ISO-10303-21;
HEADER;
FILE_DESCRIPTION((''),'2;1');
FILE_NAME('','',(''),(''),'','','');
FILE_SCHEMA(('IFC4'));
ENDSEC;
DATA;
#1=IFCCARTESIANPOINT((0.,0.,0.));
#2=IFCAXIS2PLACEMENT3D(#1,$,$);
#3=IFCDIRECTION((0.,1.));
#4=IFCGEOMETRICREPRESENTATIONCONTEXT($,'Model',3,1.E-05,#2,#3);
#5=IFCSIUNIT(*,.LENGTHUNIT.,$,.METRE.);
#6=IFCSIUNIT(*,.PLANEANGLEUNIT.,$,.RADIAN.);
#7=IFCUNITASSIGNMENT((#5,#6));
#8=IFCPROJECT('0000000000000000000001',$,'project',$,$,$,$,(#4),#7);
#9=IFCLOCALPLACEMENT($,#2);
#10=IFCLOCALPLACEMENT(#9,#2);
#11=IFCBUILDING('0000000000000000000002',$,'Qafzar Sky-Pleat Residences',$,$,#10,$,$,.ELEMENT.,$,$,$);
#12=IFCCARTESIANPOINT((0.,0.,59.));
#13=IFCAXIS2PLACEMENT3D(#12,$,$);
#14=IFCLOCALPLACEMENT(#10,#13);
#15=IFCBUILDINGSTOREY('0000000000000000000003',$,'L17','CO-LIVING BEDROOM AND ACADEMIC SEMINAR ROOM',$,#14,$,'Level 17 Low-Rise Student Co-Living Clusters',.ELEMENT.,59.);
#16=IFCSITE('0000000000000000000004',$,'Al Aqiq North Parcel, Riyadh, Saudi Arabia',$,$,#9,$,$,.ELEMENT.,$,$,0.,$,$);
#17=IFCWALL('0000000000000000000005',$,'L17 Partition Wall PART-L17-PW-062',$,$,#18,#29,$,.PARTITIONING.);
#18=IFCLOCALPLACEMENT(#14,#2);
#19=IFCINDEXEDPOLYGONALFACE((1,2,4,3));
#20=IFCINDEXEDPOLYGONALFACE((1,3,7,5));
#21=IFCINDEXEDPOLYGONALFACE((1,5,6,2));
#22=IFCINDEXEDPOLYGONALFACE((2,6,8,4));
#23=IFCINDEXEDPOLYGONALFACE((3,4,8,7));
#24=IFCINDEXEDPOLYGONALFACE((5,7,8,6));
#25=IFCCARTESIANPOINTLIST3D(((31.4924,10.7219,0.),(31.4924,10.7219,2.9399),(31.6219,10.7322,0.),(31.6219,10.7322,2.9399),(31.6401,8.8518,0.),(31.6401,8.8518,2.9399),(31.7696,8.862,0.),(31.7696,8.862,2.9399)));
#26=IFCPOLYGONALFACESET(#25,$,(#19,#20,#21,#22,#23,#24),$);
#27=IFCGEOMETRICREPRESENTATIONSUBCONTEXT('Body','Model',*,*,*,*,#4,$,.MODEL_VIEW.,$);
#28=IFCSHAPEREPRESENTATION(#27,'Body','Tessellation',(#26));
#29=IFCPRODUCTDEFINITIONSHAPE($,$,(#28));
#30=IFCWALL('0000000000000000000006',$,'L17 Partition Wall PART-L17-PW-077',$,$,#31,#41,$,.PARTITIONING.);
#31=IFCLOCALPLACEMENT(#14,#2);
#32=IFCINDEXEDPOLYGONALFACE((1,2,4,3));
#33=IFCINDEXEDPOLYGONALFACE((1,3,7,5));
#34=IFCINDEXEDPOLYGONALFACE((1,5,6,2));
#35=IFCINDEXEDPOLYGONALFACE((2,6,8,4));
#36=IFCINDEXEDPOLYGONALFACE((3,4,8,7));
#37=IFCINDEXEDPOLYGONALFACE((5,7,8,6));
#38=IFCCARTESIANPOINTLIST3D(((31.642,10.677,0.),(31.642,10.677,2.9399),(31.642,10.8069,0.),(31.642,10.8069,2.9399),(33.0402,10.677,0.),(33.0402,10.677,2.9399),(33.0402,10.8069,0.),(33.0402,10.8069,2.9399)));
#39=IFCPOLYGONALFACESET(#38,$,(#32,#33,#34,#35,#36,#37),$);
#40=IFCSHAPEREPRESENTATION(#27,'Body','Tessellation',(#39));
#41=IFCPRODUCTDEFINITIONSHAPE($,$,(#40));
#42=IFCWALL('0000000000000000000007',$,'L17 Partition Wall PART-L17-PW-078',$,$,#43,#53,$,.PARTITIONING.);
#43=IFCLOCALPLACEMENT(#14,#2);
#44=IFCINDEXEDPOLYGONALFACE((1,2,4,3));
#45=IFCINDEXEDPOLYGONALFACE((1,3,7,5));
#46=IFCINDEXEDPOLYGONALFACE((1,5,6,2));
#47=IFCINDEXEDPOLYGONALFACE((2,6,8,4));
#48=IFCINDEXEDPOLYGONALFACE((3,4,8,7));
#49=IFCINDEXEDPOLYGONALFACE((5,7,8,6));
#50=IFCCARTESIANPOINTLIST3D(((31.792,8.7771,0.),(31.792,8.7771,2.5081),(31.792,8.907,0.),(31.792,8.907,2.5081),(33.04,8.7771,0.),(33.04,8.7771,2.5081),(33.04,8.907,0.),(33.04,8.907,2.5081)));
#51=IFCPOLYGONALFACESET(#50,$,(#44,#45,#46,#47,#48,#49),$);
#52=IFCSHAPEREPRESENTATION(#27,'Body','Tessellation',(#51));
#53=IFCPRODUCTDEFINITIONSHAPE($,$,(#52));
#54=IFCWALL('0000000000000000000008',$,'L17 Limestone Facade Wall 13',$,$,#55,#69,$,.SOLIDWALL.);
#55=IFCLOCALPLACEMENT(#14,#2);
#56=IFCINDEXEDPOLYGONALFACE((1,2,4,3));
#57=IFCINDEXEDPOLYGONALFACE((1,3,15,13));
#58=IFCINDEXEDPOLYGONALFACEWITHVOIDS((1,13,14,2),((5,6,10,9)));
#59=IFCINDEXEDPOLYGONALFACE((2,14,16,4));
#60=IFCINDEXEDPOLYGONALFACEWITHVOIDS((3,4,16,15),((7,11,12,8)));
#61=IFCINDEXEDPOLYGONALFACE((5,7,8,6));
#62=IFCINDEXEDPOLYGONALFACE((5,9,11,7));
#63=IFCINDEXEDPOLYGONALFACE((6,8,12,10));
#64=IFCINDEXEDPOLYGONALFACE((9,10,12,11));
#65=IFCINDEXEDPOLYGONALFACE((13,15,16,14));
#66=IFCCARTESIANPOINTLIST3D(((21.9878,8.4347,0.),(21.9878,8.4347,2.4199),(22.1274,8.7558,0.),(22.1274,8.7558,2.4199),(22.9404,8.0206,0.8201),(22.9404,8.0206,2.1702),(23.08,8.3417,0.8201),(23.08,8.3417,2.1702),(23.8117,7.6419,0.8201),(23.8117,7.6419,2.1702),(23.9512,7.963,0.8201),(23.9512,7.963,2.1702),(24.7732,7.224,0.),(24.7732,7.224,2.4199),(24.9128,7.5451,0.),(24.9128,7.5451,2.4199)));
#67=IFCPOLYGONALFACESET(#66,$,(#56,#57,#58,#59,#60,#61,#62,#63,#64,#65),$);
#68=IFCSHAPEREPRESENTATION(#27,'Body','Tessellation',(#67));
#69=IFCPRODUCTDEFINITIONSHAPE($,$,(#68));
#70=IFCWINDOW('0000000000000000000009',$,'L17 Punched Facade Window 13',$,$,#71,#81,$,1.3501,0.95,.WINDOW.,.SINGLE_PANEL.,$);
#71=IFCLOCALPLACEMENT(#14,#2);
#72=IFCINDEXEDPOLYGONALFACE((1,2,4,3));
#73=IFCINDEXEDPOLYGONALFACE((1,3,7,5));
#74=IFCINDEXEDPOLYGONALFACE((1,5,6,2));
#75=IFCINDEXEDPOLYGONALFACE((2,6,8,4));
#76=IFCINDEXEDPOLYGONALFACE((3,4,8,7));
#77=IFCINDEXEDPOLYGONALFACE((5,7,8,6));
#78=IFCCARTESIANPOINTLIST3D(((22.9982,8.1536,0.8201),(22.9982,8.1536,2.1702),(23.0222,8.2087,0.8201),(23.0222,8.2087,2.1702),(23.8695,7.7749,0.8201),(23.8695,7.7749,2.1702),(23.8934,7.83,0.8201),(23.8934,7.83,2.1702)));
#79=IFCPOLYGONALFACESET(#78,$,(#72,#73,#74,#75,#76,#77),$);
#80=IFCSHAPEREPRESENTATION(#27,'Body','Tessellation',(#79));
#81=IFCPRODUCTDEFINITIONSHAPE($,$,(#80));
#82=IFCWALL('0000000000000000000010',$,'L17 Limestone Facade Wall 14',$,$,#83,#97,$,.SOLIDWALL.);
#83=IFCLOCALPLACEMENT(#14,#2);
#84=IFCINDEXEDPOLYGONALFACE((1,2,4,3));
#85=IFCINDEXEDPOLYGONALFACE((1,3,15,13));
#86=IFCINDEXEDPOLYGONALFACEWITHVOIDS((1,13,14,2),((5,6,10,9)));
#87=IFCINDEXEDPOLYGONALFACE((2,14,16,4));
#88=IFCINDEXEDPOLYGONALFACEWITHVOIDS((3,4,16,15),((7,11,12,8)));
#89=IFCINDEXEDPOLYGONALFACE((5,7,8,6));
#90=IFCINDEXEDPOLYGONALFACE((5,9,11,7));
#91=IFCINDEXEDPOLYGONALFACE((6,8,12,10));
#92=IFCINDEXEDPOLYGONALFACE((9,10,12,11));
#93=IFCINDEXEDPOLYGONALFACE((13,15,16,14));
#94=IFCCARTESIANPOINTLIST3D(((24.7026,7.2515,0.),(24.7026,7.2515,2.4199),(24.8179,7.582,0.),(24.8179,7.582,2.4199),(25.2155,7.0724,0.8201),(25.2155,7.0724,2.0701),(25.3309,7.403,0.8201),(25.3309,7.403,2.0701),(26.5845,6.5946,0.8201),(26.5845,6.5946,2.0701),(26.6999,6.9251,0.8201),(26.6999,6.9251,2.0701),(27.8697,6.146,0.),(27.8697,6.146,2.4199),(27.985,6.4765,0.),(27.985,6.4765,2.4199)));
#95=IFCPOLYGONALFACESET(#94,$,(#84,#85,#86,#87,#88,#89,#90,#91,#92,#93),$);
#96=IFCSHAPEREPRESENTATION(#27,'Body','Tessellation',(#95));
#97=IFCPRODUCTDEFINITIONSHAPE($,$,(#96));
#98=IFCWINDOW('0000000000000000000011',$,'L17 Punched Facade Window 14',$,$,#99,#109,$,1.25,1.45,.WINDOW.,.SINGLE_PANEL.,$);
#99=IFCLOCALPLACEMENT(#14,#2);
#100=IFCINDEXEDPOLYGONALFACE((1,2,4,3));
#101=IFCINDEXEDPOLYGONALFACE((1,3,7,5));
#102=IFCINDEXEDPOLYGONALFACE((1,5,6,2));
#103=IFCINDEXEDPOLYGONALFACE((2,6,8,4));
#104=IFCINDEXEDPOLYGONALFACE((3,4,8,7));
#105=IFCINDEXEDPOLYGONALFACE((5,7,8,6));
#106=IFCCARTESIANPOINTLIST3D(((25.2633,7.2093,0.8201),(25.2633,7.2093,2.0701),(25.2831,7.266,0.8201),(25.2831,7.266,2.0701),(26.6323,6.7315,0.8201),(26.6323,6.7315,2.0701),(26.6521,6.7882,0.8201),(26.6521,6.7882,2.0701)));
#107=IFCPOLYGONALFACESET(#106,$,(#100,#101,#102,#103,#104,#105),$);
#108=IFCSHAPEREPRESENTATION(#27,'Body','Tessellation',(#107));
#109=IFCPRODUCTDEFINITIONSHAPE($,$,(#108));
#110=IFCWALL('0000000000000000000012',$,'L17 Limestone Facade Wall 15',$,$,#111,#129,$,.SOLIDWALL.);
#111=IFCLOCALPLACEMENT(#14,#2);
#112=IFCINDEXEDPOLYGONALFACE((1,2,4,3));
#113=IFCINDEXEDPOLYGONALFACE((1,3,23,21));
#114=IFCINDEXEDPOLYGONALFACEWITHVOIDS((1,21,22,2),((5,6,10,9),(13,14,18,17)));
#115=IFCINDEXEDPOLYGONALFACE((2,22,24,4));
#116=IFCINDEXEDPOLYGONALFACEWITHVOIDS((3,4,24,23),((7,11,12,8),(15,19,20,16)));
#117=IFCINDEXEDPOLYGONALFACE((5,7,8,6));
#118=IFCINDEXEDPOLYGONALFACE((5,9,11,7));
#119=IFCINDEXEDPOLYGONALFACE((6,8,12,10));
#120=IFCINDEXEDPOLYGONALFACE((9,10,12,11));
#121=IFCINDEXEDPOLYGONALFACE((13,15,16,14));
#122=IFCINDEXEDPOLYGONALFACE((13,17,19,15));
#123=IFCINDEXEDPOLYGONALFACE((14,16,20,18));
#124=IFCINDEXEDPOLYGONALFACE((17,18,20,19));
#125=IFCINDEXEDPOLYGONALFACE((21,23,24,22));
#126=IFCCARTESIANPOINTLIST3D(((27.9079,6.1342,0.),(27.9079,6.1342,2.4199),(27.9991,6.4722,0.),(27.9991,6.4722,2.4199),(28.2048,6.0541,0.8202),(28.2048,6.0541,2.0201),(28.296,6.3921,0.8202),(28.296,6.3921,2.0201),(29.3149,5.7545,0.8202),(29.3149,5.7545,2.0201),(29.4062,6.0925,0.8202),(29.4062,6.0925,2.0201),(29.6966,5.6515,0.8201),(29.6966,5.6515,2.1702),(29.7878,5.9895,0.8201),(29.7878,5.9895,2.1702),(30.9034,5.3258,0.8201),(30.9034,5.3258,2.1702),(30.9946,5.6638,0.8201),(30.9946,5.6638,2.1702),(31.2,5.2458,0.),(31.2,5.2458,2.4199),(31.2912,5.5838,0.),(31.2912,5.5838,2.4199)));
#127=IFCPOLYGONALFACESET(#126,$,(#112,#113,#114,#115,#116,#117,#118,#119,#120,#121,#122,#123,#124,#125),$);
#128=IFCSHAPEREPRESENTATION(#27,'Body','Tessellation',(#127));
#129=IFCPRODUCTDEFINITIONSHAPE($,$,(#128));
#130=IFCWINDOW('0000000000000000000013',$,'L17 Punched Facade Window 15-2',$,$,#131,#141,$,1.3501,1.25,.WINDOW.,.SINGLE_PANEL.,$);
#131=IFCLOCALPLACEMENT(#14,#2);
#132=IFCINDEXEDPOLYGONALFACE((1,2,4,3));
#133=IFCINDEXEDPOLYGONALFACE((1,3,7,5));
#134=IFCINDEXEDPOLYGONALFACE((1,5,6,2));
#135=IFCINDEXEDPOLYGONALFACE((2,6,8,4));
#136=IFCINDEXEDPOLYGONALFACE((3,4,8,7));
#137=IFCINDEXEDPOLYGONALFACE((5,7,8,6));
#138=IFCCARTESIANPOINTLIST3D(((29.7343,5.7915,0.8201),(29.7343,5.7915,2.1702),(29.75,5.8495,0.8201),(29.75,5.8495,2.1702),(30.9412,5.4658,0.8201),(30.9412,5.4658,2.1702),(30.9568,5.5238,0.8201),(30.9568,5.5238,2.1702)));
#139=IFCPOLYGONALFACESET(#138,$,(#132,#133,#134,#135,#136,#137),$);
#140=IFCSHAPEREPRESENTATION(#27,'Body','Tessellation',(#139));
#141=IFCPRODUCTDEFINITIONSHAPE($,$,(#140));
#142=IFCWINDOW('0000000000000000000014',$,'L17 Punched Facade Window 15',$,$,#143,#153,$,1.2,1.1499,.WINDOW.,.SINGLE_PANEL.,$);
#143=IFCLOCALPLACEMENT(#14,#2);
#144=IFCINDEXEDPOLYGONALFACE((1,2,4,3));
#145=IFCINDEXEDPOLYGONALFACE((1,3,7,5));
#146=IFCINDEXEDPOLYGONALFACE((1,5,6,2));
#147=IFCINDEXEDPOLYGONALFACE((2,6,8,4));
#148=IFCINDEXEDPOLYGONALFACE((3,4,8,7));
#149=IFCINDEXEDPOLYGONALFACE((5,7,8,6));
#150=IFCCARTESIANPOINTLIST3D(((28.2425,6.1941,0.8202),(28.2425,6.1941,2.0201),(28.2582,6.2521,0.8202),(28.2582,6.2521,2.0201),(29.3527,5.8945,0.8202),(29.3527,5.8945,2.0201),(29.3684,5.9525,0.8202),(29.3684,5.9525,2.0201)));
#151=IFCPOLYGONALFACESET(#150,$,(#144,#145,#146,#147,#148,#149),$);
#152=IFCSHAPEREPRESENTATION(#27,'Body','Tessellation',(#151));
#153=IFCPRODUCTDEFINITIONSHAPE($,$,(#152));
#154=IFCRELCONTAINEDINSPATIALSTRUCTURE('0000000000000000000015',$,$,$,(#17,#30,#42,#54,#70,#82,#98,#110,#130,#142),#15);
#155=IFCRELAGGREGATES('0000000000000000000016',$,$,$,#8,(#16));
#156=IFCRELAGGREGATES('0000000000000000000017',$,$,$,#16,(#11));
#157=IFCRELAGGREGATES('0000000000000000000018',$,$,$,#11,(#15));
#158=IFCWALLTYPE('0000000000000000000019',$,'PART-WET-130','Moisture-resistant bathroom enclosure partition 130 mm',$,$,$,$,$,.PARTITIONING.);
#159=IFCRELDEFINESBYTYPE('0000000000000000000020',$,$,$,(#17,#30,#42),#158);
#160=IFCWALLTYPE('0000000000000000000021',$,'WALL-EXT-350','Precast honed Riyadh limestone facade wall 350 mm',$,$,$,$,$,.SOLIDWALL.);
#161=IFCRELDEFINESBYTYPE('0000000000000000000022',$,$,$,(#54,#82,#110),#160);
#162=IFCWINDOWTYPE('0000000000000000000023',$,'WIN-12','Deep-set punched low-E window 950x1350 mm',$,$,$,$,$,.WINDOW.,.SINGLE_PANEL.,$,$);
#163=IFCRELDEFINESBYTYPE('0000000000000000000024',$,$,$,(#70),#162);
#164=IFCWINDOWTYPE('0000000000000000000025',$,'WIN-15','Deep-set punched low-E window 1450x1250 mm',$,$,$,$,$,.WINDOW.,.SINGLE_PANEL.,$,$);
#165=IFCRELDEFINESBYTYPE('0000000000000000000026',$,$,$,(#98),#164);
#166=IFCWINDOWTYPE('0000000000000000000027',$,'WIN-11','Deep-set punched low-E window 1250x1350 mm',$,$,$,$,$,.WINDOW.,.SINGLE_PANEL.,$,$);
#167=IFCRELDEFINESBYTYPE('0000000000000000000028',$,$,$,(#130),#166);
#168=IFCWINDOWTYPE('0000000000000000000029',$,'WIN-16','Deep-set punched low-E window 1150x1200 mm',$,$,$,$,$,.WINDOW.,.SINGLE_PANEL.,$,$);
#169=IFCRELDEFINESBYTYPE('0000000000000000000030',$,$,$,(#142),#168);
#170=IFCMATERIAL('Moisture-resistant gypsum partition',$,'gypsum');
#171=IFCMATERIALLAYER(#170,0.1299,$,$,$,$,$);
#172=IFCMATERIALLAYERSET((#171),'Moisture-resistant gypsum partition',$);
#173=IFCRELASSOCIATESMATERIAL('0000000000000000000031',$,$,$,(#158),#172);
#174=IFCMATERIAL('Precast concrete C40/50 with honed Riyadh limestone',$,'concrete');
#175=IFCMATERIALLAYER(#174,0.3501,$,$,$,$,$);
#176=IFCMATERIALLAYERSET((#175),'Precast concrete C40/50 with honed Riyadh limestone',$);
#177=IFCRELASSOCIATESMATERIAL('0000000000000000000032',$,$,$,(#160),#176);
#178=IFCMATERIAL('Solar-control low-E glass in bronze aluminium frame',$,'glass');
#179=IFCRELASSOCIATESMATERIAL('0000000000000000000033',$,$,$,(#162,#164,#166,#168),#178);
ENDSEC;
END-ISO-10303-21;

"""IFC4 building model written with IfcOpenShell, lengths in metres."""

from ifc_helpers import new_model, si_unit, direction, frame, frame_2d, origin, place, context, subcontext, project, spatial, rectangle, extrude, source, transform, mapped, material, layer, layer_set, type_object, element, fill, save


model = new_model("IFC4")

# Units and contexts
model_context = context("Model", 3, precision=1e-05, world=origin(), true_north=direction((0.0, 1.0)))
body_context = subcontext(model_context, "Body", "Model", "MODEL_VIEW")
ifc_project = project(units=[si_unit("LENGTHUNIT", "METRE"), si_unit("PLANEANGLEUNIT", "RADIAN")], contexts=[model_context])

# Site, building, storey
site_placement = place(None, origin())
site = spatial("IfcSite", under=ifc_project, at=site_placement, Name="Al Aqiq North Parcel, Riyadh, Saudi Arabia", CompositionType="ELEMENT", RefElevation=0.0)
building_placement = place(site_placement, origin())
building = spatial("IfcBuilding", under=site, at=building_placement, Name="Qafzar Sky-Pleat Residences", CompositionType="ELEMENT")
storey_placement = place(building_placement, frame((0.0, 0.0, 59.0)))
storey = spatial("IfcBuildingStorey", under=building, at=storey_placement, Name="L17", Description="CO-LIVING BEDROOM AND ACADEMIC SEMINAR ROOM", LongName="Level 17 Low-Rise Student Co-Living Clusters", CompositionType="ELEMENT", Elevation=59.0)

# Walls
ifc_material_1 = material(Name="Moisture-resistant gypsum partition", Category="gypsum")
ifc_layer_1 = layer(ifc_material_1, 0.1299)
ifc_layer_set_1 = layer_set([ifc_layer_1], Name="Moisture-resistant gypsum partition")
wall_type_1 = type_object("IfcWallType", Name="PART-WET-130", Description="Moisture-resistant bathroom enclosure partition 130 mm", PredefinedType="PARTITIONING", material=ifc_layer_set_1)
wall_1_placement = place(storey_placement, frame((31.5571, 10.7271, 0.0), z_axis=(0.0, 0.0, 1.0), x_axis=(0.078737, -0.996895, 0.0)))
element("IfcWall", 1, at=wall_1_placement, inside=storey, type_object=wall_type_1, Name="L17 Partition Wall PART-L17-PW-062", PredefinedType="PARTITIONING", context=body_context, shape_type="SweptSolid", body=[
    extrude(rectangle(XDim=1.876, YDim=0.1299, at=frame_2d((0.938, 0.0))), origin(), (0.0, 0.0, 1.0), 2.9399),
])
wall_2_placement = place(storey_placement, frame((31.6418, 10.7419, 0.0), z_axis=(0.0, 0.0, 1.0), x_axis=(1.0, 0.0, 0.0)))
element("IfcWall", 2, at=wall_2_placement, inside=storey, type_object=wall_type_1, Name="L17 Partition Wall PART-L17-PW-077", PredefinedType="PARTITIONING", context=body_context, shape_type="SweptSolid", body=[
    extrude(rectangle(XDim=1.3982, YDim=0.1299, at=frame_2d((0.6992, 0.0))), origin(), (0.0, 0.0, 1.0), 2.9399),
])
wall_3_placement = place(storey_placement, frame((31.792, 8.842, 0.0), z_axis=(0.0, 0.0, 1.0), x_axis=(1.0, 0.0, 0.0)))
element("IfcWall", 3, at=wall_3_placement, inside=storey, type_object=wall_type_1, Name="L17 Partition Wall PART-L17-PW-078", PredefinedType="PARTITIONING", context=body_context, shape_type="SweptSolid", body=[
    extrude(rectangle(XDim=1.248, YDim=0.1299, at=frame_2d((0.624, 0.0))), origin(), (0.0, 0.0, 1.0), 2.5081),
])

# Walls, openings, windows
ifc_material_2 = material(Name="Precast concrete C40/50 with honed Riyadh limestone", Category="concrete")
ifc_layer_2 = layer(ifc_material_2, 0.3501)
ifc_layer_set_2 = layer_set([ifc_layer_2], Name="Precast concrete C40/50 with honed Riyadh limestone")
wall_type_2 = type_object("IfcWallType", Name="WALL-EXT-350", Description="Precast honed Riyadh limestone facade wall 350 mm", PredefinedType="SOLIDWALL", material=ifc_layer_set_2)
wall_4_placement = place(storey_placement, frame((22.0576, 8.5952, 0.0), z_axis=(0.0, 0.0, 1.0), x_axis=(0.917112, -0.398629, 0.0)))
wall_4 = element("IfcWall", 4, at=wall_4_placement, inside=storey, type_object=wall_type_2, Name="L17 Limestone Facade Wall 13", PredefinedType="SOLIDWALL", context=body_context, shape_type="SweptSolid", body=[
    extrude(rectangle(XDim=3.0371, YDim=0.3501, at=frame_2d((1.5186, 0.0))), origin(), (0.0, 0.0, 1.0), 2.4199),
])
opening_1_placement = place(wall_4_placement, frame((1.0386, 0.0, 0.8201)))
opening_1 = element("IfcOpeningElement", 5, at=opening_1_placement, cuts=wall_4, PredefinedType="OPENING", context=body_context, shape_type="SweptSolid", body=[
    extrude(rectangle(XDim=0.95, YDim=1.3501, at=frame_2d((0.4751, 0.675))), frame((0.0, 0.1851, 0.0), z_axis=(0.0, -1.0, 0.0), x_axis=(1.0, 0.0, 0.0)), (0.0, 0.0, 1.0), 0.3701),
])
ifc_material_3 = material(Name="Solar-control low-E glass in bronze aluminium frame", Category="glass")
window_type_1 = type_object("IfcWindowType", Name="WIN-12", Description="Deep-set punched low-E window 950x1350 mm", PartitioningType="SINGLE_PANEL", PredefinedType="WINDOW", material=ifc_material_3)
shared_shape_1 = source(origin(), body_context, "Body", "SweptSolid", [
    extrude(rectangle(XDim=0.95, YDim=1.3501, at=frame_2d((0.4751, 0.675))), frame((0.0, 0.03, 0.0), z_axis=(0.0, -1.0, 0.0), x_axis=(1.0, 0.0, 0.0)), (0.0, 0.0, 1.0), 0.0601),
])
window_1_placement = place(opening_1_placement, origin())
window_1 = element("IfcWindow", 6, at=window_1_placement, inside=storey, type_object=window_type_1, Name="L17 Punched Facade Window 13", OverallHeight=1.3501, OverallWidth=0.95, PartitioningType="SINGLE_PANEL", PredefinedType="WINDOW", context=body_context, shape_type="MappedRepresentation", body=[
    mapped(shared_shape_1, transform((0.0, 0.0, 0.0), x_axis=(1.0, 0.0, 0.0), y_axis=(0.0, 1.0, 0.0), z_axis=(0.0, 0.0, 1.0), scale=1.0)),
])
fill(opening_1, window_1)
wall_5_placement = place(storey_placement, frame((24.7603, 7.4167, 0.0), z_axis=(0.0, 0.0, 1.0), x_axis=(0.944135, -0.329559, 0.0)))
wall_5 = element("IfcWall", 7, at=wall_5_placement, inside=storey, type_object=wall_type_2, Name="L17 Limestone Facade Wall 14", PredefinedType="SOLIDWALL", context=body_context, shape_type="SweptSolid", body=[
    extrude(rectangle(XDim=3.3545, YDim=0.3501, at=frame_2d((1.6772, 0.0))), origin(), (0.0, 0.0, 1.0), 2.4199),
])
opening_2_placement = place(wall_5_placement, frame((0.5432, 0.0, 0.8201)))
opening_2 = element("IfcOpeningElement", 8, at=opening_2_placement, cuts=wall_5, PredefinedType="OPENING", context=body_context, shape_type="SweptSolid", body=[
    extrude(rectangle(XDim=1.45, YDim=1.25, at=frame_2d((0.7251, 0.625))), frame((0.0, 0.1851, 0.0), z_axis=(0.0, -1.0, 0.0), x_axis=(1.0, 0.0, 0.0)), (0.0, 0.0, 1.0), 0.3701),
])
window_type_2 = type_object("IfcWindowType", Name="WIN-15", Description="Deep-set punched low-E window 1450x1250 mm", PartitioningType="SINGLE_PANEL", PredefinedType="WINDOW", material=ifc_material_3)
shared_shape_2 = source(origin(), body_context, "Body", "SweptSolid", [
    extrude(rectangle(XDim=1.45, YDim=1.25, at=frame_2d((0.7251, 0.625))), frame((0.0, 0.03, 0.0), z_axis=(0.0, -1.0, 0.0), x_axis=(1.0, 0.0, 0.0)), (0.0, 0.0, 1.0), 0.0601),
])
window_2_placement = place(opening_2_placement, origin())
window_2 = element("IfcWindow", 9, at=window_2_placement, inside=storey, type_object=window_type_2, Name="L17 Punched Facade Window 14", OverallHeight=1.25, OverallWidth=1.45, PartitioningType="SINGLE_PANEL", PredefinedType="WINDOW", context=body_context, shape_type="MappedRepresentation", body=[
    mapped(shared_shape_2, transform((0.0, 0.0, 0.0), x_axis=(1.0, 0.0, 0.0), y_axis=(0.0, 1.0, 0.0), z_axis=(0.0, 0.0, 1.0), scale=1.0)),
])
fill(opening_2, window_2)

# Wall, openings, windows
wall_6_placement = place(storey_placement, frame((27.9534, 6.3032, 0.0), z_axis=(0.0, 0.0, 1.0), x_axis=(0.965464, -0.260536, 0.0)))
wall_6 = element("IfcWall", 10, at=wall_6_placement, inside=storey, type_object=wall_type_2, Name="L17 Limestone Facade Wall 15", PredefinedType="SOLIDWALL", context=body_context, shape_type="SweptSolid", body=[
    extrude(rectangle(XDim=3.4099, YDim=0.3501, at=frame_2d((1.7051, 0.0))), origin(), (0.0, 0.0, 1.0), 2.4199),
])
opening_3_placement = place(wall_6_placement, frame((0.3076, 0.0, 0.8201)))
opening_3 = element("IfcOpeningElement", 11, at=opening_3_placement, cuts=wall_6, PredefinedType="OPENING", context=body_context, shape_type="SweptSolid", body=[
    extrude(rectangle(XDim=1.1499, YDim=1.2, at=frame_2d((0.575, 0.6001))), frame((0.0, 0.1851, 0.0), z_axis=(0.0, -1.0, 0.0), x_axis=(1.0, 0.0, 0.0)), (0.0, 0.0, 1.0), 0.3701),
])
opening_4_placement = place(wall_6_placement, frame((1.8528, 0.0, 0.8201)))
opening_4 = element("IfcOpeningElement", 12, at=opening_4_placement, cuts=wall_6, PredefinedType="OPENING", context=body_context, shape_type="SweptSolid", body=[
    extrude(rectangle(XDim=1.25, YDim=1.3501, at=frame_2d((0.625, 0.675))), frame((0.0, 0.1851, 0.0), z_axis=(0.0, -1.0, 0.0), x_axis=(1.0, 0.0, 0.0)), (0.0, 0.0, 1.0), 0.3701),
])
window_type_3 = type_object("IfcWindowType", Name="WIN-11", Description="Deep-set punched low-E window 1250x1350 mm", PartitioningType="SINGLE_PANEL", PredefinedType="WINDOW", material=ifc_material_3)
shared_shape_3 = source(origin(), body_context, "Body", "SweptSolid", [
    extrude(rectangle(XDim=1.25, YDim=1.3501, at=frame_2d((0.625, 0.675))), frame((0.0, 0.03, 0.0), z_axis=(0.0, -1.0, 0.0), x_axis=(1.0, 0.0, 0.0)), (0.0, 0.0, 1.0), 0.0601),
])
window_3_placement = place(opening_4_placement, origin())
window_3 = element("IfcWindow", 13, at=window_3_placement, inside=storey, type_object=window_type_3, Name="L17 Punched Facade Window 15-2", OverallHeight=1.3501, OverallWidth=1.25, PartitioningType="SINGLE_PANEL", PredefinedType="WINDOW", context=body_context, shape_type="MappedRepresentation", body=[
    mapped(shared_shape_3, transform((0.0, 0.0, 0.0), x_axis=(1.0, 0.0, 0.0), y_axis=(0.0, 1.0, 0.0), z_axis=(0.0, 0.0, 1.0), scale=1.0)),
])
fill(opening_4, window_3)
window_type_4 = type_object("IfcWindowType", Name="WIN-16", Description="Deep-set punched low-E window 1150x1200 mm", PartitioningType="SINGLE_PANEL", PredefinedType="WINDOW", material=ifc_material_3)
shared_shape_4 = source(origin(), body_context, "Body", "SweptSolid", [
    extrude(rectangle(XDim=1.1499, YDim=1.2, at=frame_2d((0.575, 0.6001))), frame((0.0, 0.03, 0.0), z_axis=(0.0, -1.0, 0.0), x_axis=(1.0, 0.0, 0.0)), (0.0, 0.0, 1.0), 0.0601),
])
window_4_placement = place(opening_3_placement, origin())
window_4 = element("IfcWindow", 14, at=window_4_placement, inside=storey, type_object=window_type_4, Name="L17 Punched Facade Window 15", OverallHeight=1.2, OverallWidth=1.1499, PartitioningType="SINGLE_PANEL", PredefinedType="WINDOW", context=body_context, shape_type="MappedRepresentation", body=[
    mapped(shared_shape_4, transform((0.0, 0.0, 0.0), x_axis=(1.0, 0.0, 0.0), y_axis=(0.0, 1.0, 0.0), z_axis=(0.0, 0.0, 1.0), scale=1.0)),
])
fill(opening_3, window_4)

save(model, "model.ifc")
